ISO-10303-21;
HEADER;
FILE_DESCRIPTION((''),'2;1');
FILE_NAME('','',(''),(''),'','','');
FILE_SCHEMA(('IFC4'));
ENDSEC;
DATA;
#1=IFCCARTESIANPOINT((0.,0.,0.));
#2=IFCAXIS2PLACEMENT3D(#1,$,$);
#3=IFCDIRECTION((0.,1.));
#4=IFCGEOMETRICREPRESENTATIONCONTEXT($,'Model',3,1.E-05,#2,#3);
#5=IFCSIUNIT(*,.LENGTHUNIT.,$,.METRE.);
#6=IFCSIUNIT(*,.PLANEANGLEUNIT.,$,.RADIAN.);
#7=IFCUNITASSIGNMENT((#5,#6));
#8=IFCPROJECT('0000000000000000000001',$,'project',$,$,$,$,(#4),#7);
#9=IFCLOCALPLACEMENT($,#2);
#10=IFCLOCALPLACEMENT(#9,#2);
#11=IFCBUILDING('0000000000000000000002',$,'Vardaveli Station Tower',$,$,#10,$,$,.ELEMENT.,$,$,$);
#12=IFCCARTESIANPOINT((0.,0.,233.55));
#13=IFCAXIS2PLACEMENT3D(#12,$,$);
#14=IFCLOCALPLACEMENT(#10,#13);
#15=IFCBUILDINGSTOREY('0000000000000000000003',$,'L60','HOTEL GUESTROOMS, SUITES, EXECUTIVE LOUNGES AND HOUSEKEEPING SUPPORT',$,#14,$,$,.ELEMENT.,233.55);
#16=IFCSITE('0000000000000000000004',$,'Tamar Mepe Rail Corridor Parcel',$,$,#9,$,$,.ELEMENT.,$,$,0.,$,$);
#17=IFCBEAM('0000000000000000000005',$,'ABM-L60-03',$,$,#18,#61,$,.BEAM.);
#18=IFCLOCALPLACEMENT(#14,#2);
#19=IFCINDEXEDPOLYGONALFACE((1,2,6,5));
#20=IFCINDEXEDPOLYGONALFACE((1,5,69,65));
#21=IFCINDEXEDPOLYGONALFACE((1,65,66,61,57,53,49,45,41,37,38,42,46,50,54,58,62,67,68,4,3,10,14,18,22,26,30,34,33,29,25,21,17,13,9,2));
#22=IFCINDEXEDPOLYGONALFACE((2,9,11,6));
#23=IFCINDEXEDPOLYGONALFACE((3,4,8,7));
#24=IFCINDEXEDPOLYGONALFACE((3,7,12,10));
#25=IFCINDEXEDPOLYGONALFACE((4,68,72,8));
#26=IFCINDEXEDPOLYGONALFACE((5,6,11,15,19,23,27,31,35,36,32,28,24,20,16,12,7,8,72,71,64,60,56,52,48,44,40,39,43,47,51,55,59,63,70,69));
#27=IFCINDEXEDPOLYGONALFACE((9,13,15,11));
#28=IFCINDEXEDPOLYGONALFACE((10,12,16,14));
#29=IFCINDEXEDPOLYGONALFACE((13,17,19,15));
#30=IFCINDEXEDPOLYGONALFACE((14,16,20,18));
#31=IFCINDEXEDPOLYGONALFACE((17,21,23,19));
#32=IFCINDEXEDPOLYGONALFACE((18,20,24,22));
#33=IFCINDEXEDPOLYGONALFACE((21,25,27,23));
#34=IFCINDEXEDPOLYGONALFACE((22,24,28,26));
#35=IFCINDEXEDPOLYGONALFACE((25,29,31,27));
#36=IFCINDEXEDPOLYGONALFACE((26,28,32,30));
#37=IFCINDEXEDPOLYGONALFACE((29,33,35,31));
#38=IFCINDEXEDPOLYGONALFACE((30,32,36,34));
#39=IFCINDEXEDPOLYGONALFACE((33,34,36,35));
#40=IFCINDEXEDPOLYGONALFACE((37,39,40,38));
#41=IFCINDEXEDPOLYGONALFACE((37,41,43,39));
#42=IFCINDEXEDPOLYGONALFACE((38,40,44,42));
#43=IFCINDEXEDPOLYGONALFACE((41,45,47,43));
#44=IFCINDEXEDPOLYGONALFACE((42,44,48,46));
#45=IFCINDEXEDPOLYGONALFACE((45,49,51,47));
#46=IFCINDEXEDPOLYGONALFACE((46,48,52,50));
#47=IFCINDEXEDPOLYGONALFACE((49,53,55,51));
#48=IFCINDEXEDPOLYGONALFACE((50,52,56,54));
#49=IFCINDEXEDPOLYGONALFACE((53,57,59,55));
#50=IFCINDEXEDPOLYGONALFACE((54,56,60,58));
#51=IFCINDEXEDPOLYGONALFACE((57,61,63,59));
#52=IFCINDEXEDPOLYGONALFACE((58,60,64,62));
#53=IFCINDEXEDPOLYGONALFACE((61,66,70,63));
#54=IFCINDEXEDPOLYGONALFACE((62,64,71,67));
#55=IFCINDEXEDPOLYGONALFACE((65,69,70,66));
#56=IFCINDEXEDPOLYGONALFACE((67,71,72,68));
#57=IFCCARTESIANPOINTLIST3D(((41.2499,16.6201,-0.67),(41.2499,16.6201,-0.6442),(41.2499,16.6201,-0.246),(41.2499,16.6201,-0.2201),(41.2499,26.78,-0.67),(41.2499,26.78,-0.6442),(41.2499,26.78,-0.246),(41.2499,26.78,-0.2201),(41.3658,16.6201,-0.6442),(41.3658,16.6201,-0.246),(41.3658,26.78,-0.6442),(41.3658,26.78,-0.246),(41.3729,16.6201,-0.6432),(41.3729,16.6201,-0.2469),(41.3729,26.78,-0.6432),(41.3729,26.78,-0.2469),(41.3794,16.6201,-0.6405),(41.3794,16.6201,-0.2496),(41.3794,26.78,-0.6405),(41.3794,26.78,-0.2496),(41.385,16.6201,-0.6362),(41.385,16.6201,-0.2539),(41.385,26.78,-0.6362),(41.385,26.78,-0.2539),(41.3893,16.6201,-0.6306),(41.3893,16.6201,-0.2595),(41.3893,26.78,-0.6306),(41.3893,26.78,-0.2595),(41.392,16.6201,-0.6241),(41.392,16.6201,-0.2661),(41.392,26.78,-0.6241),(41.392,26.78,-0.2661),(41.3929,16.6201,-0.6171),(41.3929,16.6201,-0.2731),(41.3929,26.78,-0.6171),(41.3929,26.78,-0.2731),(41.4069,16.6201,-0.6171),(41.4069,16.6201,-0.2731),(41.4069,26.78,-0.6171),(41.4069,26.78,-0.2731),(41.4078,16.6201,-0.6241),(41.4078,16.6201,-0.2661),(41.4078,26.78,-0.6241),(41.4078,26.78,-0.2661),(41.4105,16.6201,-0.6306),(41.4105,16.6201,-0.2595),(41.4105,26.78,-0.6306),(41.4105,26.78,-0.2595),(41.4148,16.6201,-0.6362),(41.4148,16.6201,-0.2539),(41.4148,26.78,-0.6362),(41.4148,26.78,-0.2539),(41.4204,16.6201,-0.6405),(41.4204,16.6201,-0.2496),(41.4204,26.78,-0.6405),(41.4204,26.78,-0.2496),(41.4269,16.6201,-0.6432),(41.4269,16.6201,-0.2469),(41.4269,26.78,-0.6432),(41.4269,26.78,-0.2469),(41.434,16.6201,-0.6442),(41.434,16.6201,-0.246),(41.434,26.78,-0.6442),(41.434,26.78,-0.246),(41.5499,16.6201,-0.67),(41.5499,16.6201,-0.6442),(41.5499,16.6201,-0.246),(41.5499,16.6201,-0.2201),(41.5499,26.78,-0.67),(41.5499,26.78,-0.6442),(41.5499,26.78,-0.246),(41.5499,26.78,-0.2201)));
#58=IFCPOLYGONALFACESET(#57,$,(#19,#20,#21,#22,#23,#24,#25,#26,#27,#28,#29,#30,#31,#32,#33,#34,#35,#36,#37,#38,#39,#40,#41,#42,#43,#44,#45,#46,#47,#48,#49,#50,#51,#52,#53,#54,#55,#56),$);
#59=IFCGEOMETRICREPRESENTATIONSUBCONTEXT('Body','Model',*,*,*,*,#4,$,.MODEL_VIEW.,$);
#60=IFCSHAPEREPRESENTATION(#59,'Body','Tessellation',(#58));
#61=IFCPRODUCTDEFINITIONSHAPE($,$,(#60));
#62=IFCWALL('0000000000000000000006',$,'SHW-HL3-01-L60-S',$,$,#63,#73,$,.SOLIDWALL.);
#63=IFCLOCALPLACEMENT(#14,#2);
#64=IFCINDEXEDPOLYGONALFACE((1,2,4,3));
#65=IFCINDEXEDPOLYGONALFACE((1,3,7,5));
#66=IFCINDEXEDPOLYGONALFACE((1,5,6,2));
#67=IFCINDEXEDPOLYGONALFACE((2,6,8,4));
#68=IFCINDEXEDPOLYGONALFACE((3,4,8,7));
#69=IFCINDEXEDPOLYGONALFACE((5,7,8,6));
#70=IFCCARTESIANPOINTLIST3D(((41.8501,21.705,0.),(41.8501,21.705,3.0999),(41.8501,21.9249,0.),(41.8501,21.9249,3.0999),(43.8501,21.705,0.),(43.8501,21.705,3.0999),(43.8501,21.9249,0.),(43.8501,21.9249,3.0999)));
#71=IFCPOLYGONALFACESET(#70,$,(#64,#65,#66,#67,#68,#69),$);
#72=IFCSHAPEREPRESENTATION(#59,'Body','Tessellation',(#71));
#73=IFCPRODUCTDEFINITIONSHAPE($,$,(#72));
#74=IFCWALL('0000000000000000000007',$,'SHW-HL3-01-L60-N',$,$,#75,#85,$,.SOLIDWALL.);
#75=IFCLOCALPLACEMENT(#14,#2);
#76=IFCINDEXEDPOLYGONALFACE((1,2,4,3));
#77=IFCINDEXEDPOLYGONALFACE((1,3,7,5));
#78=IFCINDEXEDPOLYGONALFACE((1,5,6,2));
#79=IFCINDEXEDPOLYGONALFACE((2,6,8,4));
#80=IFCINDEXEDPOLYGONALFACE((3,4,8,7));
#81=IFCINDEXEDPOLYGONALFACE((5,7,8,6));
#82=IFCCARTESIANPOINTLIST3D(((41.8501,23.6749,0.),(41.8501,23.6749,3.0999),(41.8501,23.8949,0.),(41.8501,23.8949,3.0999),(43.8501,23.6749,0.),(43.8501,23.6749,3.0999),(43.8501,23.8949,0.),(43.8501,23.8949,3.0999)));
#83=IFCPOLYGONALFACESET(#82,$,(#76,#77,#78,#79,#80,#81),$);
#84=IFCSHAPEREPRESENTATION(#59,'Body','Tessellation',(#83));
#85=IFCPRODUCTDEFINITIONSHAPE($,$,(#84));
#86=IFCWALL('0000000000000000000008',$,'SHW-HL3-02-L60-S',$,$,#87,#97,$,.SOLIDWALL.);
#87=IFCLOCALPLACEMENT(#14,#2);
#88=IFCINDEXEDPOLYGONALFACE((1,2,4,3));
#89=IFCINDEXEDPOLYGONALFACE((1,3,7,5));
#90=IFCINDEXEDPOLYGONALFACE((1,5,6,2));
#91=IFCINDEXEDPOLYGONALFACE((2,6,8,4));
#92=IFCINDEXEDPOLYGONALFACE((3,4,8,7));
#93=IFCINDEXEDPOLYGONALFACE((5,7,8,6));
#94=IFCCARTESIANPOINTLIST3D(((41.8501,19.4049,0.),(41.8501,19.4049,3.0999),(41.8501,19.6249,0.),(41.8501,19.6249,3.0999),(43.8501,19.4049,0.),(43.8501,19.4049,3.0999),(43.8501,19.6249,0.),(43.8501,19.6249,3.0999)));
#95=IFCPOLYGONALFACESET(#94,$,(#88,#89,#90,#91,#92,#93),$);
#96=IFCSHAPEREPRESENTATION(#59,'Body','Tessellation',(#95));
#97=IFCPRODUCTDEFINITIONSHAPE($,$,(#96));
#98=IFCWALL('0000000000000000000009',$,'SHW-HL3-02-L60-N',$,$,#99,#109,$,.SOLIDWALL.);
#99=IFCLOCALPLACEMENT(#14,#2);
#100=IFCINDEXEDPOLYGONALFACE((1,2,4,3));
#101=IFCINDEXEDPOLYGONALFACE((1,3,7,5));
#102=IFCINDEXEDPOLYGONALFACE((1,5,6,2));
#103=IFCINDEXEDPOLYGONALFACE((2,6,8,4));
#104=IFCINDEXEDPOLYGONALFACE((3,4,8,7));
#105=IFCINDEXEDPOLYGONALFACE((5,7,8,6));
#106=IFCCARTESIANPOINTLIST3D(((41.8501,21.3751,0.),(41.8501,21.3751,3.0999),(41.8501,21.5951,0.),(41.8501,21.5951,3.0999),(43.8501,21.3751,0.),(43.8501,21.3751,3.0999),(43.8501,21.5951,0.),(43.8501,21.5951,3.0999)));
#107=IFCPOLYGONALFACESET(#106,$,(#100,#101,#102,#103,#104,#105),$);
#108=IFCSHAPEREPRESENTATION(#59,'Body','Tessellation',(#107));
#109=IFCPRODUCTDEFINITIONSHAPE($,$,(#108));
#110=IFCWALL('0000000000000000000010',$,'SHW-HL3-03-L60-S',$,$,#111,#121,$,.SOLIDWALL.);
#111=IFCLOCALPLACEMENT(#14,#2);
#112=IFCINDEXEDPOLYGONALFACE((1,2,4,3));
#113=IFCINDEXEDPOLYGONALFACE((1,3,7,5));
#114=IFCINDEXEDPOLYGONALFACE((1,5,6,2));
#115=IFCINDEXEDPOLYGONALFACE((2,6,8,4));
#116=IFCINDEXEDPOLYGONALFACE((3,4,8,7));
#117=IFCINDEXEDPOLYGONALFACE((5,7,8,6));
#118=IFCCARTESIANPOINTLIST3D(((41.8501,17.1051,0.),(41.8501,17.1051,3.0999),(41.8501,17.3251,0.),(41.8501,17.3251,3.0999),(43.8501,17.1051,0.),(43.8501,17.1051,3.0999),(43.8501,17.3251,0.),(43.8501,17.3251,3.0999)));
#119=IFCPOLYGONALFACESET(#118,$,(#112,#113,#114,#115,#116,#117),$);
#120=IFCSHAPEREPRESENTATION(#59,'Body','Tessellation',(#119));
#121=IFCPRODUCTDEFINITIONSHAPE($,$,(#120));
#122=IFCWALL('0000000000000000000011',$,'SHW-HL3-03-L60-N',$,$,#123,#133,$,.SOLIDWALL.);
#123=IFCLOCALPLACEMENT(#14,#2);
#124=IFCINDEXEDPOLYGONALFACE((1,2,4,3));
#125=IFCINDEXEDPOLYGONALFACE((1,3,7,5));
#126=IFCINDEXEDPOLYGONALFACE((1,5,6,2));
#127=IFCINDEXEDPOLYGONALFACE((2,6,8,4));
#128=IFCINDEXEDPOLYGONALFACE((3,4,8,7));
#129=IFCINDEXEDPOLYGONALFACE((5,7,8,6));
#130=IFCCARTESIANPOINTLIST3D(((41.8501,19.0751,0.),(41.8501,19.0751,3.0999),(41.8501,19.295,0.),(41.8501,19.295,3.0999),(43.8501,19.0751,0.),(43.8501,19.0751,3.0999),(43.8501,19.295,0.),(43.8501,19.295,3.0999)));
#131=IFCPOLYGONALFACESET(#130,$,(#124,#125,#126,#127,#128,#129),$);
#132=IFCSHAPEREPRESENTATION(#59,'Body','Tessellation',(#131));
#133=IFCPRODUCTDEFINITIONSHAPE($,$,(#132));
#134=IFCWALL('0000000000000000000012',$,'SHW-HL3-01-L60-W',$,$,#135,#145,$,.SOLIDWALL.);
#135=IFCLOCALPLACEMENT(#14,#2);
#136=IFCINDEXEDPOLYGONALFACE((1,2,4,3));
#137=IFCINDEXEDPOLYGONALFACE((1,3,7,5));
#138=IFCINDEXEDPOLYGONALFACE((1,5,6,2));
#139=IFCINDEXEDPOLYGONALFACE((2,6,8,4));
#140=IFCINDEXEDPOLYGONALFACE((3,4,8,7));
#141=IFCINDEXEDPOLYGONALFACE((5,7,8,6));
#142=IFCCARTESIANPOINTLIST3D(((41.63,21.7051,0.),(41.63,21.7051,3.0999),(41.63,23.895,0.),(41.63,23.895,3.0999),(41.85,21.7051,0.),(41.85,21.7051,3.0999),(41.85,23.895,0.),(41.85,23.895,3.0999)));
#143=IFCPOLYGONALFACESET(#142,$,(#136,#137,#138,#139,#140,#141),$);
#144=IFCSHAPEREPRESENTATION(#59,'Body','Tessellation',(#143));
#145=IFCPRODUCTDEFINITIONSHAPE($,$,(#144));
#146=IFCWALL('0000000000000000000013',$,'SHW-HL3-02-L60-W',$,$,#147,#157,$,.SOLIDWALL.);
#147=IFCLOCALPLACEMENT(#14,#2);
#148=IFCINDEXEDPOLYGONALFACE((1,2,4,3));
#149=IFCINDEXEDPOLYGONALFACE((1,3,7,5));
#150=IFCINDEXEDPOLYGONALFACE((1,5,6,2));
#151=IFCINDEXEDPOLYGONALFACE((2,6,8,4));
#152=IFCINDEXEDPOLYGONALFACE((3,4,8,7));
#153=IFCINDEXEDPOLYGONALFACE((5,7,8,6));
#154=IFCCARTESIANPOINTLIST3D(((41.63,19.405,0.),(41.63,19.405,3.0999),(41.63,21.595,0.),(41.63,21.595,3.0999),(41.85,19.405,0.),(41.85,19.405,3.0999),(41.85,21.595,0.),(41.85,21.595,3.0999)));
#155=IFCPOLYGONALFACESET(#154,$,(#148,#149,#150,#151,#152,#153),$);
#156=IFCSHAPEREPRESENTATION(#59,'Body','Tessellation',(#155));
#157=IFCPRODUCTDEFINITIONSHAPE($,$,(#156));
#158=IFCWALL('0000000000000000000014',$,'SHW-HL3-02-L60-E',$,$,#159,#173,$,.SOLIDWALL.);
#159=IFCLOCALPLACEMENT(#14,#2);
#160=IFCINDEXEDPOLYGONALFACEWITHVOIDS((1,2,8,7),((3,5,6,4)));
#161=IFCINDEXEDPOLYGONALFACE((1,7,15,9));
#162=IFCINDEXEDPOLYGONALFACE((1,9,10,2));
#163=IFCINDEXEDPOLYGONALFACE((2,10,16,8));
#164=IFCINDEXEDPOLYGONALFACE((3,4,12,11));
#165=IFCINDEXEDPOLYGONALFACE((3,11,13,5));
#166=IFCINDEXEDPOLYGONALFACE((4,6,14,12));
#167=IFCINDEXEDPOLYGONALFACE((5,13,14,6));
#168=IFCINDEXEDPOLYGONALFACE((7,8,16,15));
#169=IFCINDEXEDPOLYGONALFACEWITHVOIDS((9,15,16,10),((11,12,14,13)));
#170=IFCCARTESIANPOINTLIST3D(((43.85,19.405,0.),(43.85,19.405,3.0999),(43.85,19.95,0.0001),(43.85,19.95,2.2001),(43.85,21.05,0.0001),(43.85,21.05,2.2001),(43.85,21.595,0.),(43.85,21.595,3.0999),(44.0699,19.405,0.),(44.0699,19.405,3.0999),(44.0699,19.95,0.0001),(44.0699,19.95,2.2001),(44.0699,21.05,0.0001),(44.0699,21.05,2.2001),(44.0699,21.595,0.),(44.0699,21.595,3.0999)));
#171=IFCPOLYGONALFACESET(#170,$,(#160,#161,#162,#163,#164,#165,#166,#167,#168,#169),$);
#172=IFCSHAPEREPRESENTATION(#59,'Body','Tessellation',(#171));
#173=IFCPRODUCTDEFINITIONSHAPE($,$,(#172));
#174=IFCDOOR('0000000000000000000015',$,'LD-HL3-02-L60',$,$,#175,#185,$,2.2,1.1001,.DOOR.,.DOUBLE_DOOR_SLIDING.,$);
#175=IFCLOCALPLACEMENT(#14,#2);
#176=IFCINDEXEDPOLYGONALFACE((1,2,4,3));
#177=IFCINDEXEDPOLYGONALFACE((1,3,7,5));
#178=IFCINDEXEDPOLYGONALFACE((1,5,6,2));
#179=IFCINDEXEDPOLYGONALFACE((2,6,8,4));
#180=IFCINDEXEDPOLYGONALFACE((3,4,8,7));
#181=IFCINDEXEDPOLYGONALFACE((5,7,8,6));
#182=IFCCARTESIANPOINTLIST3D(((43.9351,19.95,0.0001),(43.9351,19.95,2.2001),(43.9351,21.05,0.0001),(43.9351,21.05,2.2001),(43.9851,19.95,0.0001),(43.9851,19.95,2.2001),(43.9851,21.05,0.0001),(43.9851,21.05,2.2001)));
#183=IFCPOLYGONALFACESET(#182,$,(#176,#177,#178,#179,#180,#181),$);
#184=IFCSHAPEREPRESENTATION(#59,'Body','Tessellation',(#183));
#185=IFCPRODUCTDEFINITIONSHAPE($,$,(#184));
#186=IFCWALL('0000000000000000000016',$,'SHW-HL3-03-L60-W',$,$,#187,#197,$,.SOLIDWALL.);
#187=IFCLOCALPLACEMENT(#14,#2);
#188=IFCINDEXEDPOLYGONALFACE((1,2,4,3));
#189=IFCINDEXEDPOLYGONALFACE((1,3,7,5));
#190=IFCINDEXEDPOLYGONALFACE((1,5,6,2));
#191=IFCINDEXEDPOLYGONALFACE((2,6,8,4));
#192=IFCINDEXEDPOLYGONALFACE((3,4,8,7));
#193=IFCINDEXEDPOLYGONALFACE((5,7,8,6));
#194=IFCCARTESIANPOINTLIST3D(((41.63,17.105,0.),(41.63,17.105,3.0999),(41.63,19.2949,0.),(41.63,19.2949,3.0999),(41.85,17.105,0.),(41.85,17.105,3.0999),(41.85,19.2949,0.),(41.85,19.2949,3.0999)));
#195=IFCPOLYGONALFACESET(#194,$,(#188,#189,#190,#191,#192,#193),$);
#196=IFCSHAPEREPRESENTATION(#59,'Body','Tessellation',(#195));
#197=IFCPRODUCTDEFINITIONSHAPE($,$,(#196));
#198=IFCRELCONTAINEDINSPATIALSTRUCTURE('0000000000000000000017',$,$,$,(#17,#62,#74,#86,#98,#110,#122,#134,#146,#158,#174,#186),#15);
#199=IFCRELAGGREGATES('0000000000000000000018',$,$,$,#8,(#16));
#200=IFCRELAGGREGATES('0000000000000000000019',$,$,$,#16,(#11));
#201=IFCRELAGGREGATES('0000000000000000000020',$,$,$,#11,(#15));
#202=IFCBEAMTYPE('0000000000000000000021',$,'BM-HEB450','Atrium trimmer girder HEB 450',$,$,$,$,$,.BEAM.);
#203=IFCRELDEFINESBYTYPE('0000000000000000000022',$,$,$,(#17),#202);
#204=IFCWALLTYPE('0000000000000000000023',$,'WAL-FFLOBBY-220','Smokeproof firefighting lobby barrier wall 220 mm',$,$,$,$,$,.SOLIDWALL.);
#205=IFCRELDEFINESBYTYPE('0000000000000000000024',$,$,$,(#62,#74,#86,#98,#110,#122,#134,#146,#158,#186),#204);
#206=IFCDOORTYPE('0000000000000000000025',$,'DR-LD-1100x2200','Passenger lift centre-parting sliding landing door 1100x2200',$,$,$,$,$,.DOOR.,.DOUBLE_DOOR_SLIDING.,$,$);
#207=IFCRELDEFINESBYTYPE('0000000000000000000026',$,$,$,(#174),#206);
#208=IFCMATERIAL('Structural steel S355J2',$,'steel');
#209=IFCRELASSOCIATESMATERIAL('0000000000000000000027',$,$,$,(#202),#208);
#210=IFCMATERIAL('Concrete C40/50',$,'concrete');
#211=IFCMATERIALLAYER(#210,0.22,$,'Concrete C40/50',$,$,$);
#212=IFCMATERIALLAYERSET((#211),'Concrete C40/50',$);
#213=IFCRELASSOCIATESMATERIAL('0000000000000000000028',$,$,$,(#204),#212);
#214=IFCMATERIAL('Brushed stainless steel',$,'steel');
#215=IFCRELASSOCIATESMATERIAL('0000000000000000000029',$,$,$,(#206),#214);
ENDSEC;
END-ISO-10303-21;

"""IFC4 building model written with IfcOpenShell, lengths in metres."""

from ifc_helpers import new_model, si_unit, direction, frame, frame_2d, origin, origin_2d, place, context, subcontext, project, spatial, rectangle, i_section, extrude, source, transform, mapped, material, layer, layer_set, material_profile, profile_set, type_object, element, fill, save


model = new_model("IFC4")

# Units and contexts
model_context = context("Model", 3, precision=1e-05, world=origin(), true_north=direction((0.0, 1.0)))
body_context = subcontext(model_context, "Body", "Model", "MODEL_VIEW")
ifc_project = project(units=[si_unit("LENGTHUNIT", "METRE"), si_unit("PLANEANGLEUNIT", "RADIAN")], contexts=[model_context])

# Site, building, storey
site_placement = place(None, origin())
site = spatial("IfcSite", under=ifc_project, at=site_placement, Name="Tamar Mepe Rail Corridor Parcel", CompositionType="ELEMENT", RefElevation=0.0)
building_placement = place(site_placement, origin())
building = spatial("IfcBuilding", under=site, at=building_placement, Name="Vardaveli Station Tower", CompositionType="ELEMENT")
storey_placement = place(building_placement, frame((0.0, 0.0, 233.55)))
storey = spatial("IfcBuildingStorey", under=building, at=storey_placement, Name="L60", Description="HOTEL GUESTROOMS, SUITES, EXECUTIVE LOUNGES AND HOUSEKEEPING SUPPORT", CompositionType="ELEMENT", Elevation=233.55)

# Beam
ifc_material_1 = material(Name="Structural steel S355J2", Category="steel")
ifc_material_profile_1 = material_profile(ifc_material_1, i_section(OverallWidth=0.3, OverallDepth=0.45, WebThickness=0.0139, FlangeThickness=0.0259, FilletRadius=0.0271, at=origin_2d()), Name="HEB 450")
ifc_profile_set_1 = profile_set([ifc_material_profile_1], Name="Structural steel S355J2")
beam_type = type_object("IfcBeamType", Name="BM-HEB450", Description="Atrium trimmer girder HEB 450", PredefinedType="BEAM", material=ifc_profile_set_1)
shared_shape_1 = source(origin(), body_context, "Body", "SweptSolid", [
    extrude(i_section(OverallWidth=0.3, OverallDepth=0.45, WebThickness=0.0139, FlangeThickness=0.0259, FilletRadius=0.0271, at=origin_2d()), origin(), (0.0, 0.0, 1.0), 10.1599),
])
beam_1_placement = place(storey_placement, frame((41.3999, 16.6201, -0.4451), z_axis=(0.0, 1.0, 0.0), x_axis=(-1.0, 0.0, 0.0)))
element("IfcBeam", 1, at=beam_1_placement, inside=storey, type_object=beam_type, Name="ABM-L60-03", PredefinedType="BEAM", context=body_context, shape_type="MappedRepresentation", body=[
    mapped(shared_shape_1, transform((0.0, 0.0, 0.0), scale=1.0)),
])

# Walls
ifc_material_2 = material(Name="Concrete C40/50", Category="concrete")
ifc_layer_1 = layer(ifc_material_2, 0.22, Name="Concrete C40/50")
ifc_layer_set_1 = layer_set([ifc_layer_1], Name="Concrete C40/50")
wall_type_1 = type_object("IfcWallType", Name="WAL-FFLOBBY-220", Description="Smokeproof firefighting lobby barrier wall 220 mm", PredefinedType="SOLIDWALL", material=ifc_layer_set_1)
shared_shape_2 = source(origin(), body_context, "Body", "SweptSolid", [
    extrude(rectangle(XDim=2.0, YDim=0.22, at=frame_2d((1.0, 0.0))), origin(), (0.0, 0.0, 1.0), 3.0999),
])
for number, where, z_axis, x_axis, name in (
    (2, (41.8501, 21.8149, 0.0), (0.0, 0.0, 1.0), (1.0, 0.0, 0.0), "SHW-HL3-01-L60-S"),
    (3, (41.8501, 23.7849, 0.0), (0.0, 0.0, 1.0), (1.0, 0.0, 0.0), "SHW-HL3-01-L60-N"),
    (4, (41.8501, 19.5149, 0.0), (0.0, 0.0, 1.0), (1.0, 0.0, 0.0), "SHW-HL3-02-L60-S"),
    (5, (41.8501, 21.4851, 0.0), (0.0, 0.0, 1.0), (1.0, 0.0, 0.0), "SHW-HL3-02-L60-N"),
    (6, (41.8501, 17.2151, 0.0), (0.0, 0.0, 1.0), (1.0, 0.0, 0.0), "SHW-HL3-03-L60-S"),
    (7, (41.8501, 19.1851, 0.0), (0.0, 0.0, 1.0), (1.0, 0.0, 0.0), "SHW-HL3-03-L60-N"),
):
    element("IfcWall", number, at=place(storey_placement, frame(where, z_axis=z_axis, x_axis=x_axis)), inside=storey, type_object=wall_type_1, Name=name, PredefinedType="SOLIDWALL", context=body_context, shape_type="MappedRepresentation", body=[
        mapped(shared_shape_2, transform((0.0, 0.0, 0.0), scale=1.0)),
    ])
shared_shape_3 = source(origin(), body_context, "Body", "SweptSolid", [
    extrude(rectangle(XDim=2.1899, YDim=0.22, at=frame_2d((1.095, 0.0))), origin(), (0.0, 0.0, 1.0), 3.0999),
])
for number, where, z_axis, x_axis, name in (
    (8, (41.74, 21.7051, 0.0), (0.0, 0.0, 1.0), (0.0, 1.0, 0.0), "SHW-HL3-01-L60-W"),
    (9, (41.74, 19.405, 0.0), (0.0, 0.0, 1.0), (0.0, 1.0, 0.0), "SHW-HL3-02-L60-W"),
):
    element("IfcWall", number, at=place(storey_placement, frame(where, z_axis=z_axis, x_axis=x_axis)), inside=storey, type_object=wall_type_1, Name=name, PredefinedType="SOLIDWALL", context=body_context, shape_type="MappedRepresentation", body=[
        mapped(shared_shape_3, transform((0.0, 0.0, 0.0), scale=1.0)),
    ])

# Wall, opening, door
wall_1_placement = place(storey_placement, frame((43.96, 19.405, 0.0), z_axis=(0.0, 0.0, 1.0), x_axis=(0.0, 1.0, 0.0)))
wall_1 = element("IfcWall", 10, at=wall_1_placement, inside=storey, type_object=wall_type_1, Name="SHW-HL3-02-L60-E", PredefinedType="SOLIDWALL", context=body_context, shape_type="MappedRepresentation", body=[
    mapped(shared_shape_3, transform((0.0, 0.0, 0.0), scale=1.0)),
])
shared_shape_4 = source(origin(), body_context, "Body", "SweptSolid", [
    extrude(rectangle(XDim=1.1001, YDim=2.2, at=frame_2d((0.55, 1.1001))), frame((0.0, 0.1201, 0.0), z_axis=(0.0, -1.0, 0.0), x_axis=(1.0, 0.0, 0.0)), (0.0, 0.0, 1.0), 0.24),
])
opening_1_placement = place(wall_1_placement, frame((0.5449, 0.0, 0.0)))
opening_1 = element("IfcOpeningElement", 11, at=opening_1_placement, cuts=wall_1, PredefinedType="OPENING", context=body_context, shape_type="MappedRepresentation", body=[
    mapped(shared_shape_4, transform((0.0, 0.0, 0.0), scale=1.0)),
])
ifc_material_3 = material(Name="Brushed stainless steel", Category="steel")
door_type = type_object("IfcDoorType", Name="DR-LD-1100x2200", Description="Passenger lift centre-parting sliding landing door 1100x2200", OperationType="DOUBLE_DOOR_SLIDING", PredefinedType="DOOR", material=ifc_material_3)
shared_shape_5 = source(origin(), body_context, "Body", "SweptSolid", [
    extrude(rectangle(XDim=1.1001, YDim=2.2, at=frame_2d((0.55, 1.1001))), frame((0.0, 0.0249, 0.0), z_axis=(0.0, -1.0, 0.0), x_axis=(1.0, 0.0, 0.0)), (0.0, 0.0, 1.0), 0.05),
])
door_1_placement = place(opening_1_placement, origin())
door_1 = element("IfcDoor", 12, at=door_1_placement, inside=storey, type_object=door_type, Name="LD-HL3-02-L60", OperationType="DOUBLE_DOOR_SLIDING", OverallHeight=2.2, OverallWidth=1.1001, PredefinedType="DOOR", context=body_context, shape_type="MappedRepresentation", body=[
    mapped(shared_shape_5, transform((0.0, 0.0, 0.0), scale=1.0)),
])
fill(opening_1, door_1)

# Wall
wall_2_placement = place(storey_placement, frame((41.74, 17.105, 0.0), z_axis=(0.0, 0.0, 1.0), x_axis=(0.0, 1.0, 0.0)))
element("IfcWall", 13, at=wall_2_placement, inside=storey, type_object=wall_type_1, Name="SHW-HL3-03-L60-W", PredefinedType="SOLIDWALL", context=body_context, shape_type="MappedRepresentation", body=[
    mapped(shared_shape_3, transform((0.0, 0.0, 0.0), scale=1.0)),
])

save(model, "model.ifc")
